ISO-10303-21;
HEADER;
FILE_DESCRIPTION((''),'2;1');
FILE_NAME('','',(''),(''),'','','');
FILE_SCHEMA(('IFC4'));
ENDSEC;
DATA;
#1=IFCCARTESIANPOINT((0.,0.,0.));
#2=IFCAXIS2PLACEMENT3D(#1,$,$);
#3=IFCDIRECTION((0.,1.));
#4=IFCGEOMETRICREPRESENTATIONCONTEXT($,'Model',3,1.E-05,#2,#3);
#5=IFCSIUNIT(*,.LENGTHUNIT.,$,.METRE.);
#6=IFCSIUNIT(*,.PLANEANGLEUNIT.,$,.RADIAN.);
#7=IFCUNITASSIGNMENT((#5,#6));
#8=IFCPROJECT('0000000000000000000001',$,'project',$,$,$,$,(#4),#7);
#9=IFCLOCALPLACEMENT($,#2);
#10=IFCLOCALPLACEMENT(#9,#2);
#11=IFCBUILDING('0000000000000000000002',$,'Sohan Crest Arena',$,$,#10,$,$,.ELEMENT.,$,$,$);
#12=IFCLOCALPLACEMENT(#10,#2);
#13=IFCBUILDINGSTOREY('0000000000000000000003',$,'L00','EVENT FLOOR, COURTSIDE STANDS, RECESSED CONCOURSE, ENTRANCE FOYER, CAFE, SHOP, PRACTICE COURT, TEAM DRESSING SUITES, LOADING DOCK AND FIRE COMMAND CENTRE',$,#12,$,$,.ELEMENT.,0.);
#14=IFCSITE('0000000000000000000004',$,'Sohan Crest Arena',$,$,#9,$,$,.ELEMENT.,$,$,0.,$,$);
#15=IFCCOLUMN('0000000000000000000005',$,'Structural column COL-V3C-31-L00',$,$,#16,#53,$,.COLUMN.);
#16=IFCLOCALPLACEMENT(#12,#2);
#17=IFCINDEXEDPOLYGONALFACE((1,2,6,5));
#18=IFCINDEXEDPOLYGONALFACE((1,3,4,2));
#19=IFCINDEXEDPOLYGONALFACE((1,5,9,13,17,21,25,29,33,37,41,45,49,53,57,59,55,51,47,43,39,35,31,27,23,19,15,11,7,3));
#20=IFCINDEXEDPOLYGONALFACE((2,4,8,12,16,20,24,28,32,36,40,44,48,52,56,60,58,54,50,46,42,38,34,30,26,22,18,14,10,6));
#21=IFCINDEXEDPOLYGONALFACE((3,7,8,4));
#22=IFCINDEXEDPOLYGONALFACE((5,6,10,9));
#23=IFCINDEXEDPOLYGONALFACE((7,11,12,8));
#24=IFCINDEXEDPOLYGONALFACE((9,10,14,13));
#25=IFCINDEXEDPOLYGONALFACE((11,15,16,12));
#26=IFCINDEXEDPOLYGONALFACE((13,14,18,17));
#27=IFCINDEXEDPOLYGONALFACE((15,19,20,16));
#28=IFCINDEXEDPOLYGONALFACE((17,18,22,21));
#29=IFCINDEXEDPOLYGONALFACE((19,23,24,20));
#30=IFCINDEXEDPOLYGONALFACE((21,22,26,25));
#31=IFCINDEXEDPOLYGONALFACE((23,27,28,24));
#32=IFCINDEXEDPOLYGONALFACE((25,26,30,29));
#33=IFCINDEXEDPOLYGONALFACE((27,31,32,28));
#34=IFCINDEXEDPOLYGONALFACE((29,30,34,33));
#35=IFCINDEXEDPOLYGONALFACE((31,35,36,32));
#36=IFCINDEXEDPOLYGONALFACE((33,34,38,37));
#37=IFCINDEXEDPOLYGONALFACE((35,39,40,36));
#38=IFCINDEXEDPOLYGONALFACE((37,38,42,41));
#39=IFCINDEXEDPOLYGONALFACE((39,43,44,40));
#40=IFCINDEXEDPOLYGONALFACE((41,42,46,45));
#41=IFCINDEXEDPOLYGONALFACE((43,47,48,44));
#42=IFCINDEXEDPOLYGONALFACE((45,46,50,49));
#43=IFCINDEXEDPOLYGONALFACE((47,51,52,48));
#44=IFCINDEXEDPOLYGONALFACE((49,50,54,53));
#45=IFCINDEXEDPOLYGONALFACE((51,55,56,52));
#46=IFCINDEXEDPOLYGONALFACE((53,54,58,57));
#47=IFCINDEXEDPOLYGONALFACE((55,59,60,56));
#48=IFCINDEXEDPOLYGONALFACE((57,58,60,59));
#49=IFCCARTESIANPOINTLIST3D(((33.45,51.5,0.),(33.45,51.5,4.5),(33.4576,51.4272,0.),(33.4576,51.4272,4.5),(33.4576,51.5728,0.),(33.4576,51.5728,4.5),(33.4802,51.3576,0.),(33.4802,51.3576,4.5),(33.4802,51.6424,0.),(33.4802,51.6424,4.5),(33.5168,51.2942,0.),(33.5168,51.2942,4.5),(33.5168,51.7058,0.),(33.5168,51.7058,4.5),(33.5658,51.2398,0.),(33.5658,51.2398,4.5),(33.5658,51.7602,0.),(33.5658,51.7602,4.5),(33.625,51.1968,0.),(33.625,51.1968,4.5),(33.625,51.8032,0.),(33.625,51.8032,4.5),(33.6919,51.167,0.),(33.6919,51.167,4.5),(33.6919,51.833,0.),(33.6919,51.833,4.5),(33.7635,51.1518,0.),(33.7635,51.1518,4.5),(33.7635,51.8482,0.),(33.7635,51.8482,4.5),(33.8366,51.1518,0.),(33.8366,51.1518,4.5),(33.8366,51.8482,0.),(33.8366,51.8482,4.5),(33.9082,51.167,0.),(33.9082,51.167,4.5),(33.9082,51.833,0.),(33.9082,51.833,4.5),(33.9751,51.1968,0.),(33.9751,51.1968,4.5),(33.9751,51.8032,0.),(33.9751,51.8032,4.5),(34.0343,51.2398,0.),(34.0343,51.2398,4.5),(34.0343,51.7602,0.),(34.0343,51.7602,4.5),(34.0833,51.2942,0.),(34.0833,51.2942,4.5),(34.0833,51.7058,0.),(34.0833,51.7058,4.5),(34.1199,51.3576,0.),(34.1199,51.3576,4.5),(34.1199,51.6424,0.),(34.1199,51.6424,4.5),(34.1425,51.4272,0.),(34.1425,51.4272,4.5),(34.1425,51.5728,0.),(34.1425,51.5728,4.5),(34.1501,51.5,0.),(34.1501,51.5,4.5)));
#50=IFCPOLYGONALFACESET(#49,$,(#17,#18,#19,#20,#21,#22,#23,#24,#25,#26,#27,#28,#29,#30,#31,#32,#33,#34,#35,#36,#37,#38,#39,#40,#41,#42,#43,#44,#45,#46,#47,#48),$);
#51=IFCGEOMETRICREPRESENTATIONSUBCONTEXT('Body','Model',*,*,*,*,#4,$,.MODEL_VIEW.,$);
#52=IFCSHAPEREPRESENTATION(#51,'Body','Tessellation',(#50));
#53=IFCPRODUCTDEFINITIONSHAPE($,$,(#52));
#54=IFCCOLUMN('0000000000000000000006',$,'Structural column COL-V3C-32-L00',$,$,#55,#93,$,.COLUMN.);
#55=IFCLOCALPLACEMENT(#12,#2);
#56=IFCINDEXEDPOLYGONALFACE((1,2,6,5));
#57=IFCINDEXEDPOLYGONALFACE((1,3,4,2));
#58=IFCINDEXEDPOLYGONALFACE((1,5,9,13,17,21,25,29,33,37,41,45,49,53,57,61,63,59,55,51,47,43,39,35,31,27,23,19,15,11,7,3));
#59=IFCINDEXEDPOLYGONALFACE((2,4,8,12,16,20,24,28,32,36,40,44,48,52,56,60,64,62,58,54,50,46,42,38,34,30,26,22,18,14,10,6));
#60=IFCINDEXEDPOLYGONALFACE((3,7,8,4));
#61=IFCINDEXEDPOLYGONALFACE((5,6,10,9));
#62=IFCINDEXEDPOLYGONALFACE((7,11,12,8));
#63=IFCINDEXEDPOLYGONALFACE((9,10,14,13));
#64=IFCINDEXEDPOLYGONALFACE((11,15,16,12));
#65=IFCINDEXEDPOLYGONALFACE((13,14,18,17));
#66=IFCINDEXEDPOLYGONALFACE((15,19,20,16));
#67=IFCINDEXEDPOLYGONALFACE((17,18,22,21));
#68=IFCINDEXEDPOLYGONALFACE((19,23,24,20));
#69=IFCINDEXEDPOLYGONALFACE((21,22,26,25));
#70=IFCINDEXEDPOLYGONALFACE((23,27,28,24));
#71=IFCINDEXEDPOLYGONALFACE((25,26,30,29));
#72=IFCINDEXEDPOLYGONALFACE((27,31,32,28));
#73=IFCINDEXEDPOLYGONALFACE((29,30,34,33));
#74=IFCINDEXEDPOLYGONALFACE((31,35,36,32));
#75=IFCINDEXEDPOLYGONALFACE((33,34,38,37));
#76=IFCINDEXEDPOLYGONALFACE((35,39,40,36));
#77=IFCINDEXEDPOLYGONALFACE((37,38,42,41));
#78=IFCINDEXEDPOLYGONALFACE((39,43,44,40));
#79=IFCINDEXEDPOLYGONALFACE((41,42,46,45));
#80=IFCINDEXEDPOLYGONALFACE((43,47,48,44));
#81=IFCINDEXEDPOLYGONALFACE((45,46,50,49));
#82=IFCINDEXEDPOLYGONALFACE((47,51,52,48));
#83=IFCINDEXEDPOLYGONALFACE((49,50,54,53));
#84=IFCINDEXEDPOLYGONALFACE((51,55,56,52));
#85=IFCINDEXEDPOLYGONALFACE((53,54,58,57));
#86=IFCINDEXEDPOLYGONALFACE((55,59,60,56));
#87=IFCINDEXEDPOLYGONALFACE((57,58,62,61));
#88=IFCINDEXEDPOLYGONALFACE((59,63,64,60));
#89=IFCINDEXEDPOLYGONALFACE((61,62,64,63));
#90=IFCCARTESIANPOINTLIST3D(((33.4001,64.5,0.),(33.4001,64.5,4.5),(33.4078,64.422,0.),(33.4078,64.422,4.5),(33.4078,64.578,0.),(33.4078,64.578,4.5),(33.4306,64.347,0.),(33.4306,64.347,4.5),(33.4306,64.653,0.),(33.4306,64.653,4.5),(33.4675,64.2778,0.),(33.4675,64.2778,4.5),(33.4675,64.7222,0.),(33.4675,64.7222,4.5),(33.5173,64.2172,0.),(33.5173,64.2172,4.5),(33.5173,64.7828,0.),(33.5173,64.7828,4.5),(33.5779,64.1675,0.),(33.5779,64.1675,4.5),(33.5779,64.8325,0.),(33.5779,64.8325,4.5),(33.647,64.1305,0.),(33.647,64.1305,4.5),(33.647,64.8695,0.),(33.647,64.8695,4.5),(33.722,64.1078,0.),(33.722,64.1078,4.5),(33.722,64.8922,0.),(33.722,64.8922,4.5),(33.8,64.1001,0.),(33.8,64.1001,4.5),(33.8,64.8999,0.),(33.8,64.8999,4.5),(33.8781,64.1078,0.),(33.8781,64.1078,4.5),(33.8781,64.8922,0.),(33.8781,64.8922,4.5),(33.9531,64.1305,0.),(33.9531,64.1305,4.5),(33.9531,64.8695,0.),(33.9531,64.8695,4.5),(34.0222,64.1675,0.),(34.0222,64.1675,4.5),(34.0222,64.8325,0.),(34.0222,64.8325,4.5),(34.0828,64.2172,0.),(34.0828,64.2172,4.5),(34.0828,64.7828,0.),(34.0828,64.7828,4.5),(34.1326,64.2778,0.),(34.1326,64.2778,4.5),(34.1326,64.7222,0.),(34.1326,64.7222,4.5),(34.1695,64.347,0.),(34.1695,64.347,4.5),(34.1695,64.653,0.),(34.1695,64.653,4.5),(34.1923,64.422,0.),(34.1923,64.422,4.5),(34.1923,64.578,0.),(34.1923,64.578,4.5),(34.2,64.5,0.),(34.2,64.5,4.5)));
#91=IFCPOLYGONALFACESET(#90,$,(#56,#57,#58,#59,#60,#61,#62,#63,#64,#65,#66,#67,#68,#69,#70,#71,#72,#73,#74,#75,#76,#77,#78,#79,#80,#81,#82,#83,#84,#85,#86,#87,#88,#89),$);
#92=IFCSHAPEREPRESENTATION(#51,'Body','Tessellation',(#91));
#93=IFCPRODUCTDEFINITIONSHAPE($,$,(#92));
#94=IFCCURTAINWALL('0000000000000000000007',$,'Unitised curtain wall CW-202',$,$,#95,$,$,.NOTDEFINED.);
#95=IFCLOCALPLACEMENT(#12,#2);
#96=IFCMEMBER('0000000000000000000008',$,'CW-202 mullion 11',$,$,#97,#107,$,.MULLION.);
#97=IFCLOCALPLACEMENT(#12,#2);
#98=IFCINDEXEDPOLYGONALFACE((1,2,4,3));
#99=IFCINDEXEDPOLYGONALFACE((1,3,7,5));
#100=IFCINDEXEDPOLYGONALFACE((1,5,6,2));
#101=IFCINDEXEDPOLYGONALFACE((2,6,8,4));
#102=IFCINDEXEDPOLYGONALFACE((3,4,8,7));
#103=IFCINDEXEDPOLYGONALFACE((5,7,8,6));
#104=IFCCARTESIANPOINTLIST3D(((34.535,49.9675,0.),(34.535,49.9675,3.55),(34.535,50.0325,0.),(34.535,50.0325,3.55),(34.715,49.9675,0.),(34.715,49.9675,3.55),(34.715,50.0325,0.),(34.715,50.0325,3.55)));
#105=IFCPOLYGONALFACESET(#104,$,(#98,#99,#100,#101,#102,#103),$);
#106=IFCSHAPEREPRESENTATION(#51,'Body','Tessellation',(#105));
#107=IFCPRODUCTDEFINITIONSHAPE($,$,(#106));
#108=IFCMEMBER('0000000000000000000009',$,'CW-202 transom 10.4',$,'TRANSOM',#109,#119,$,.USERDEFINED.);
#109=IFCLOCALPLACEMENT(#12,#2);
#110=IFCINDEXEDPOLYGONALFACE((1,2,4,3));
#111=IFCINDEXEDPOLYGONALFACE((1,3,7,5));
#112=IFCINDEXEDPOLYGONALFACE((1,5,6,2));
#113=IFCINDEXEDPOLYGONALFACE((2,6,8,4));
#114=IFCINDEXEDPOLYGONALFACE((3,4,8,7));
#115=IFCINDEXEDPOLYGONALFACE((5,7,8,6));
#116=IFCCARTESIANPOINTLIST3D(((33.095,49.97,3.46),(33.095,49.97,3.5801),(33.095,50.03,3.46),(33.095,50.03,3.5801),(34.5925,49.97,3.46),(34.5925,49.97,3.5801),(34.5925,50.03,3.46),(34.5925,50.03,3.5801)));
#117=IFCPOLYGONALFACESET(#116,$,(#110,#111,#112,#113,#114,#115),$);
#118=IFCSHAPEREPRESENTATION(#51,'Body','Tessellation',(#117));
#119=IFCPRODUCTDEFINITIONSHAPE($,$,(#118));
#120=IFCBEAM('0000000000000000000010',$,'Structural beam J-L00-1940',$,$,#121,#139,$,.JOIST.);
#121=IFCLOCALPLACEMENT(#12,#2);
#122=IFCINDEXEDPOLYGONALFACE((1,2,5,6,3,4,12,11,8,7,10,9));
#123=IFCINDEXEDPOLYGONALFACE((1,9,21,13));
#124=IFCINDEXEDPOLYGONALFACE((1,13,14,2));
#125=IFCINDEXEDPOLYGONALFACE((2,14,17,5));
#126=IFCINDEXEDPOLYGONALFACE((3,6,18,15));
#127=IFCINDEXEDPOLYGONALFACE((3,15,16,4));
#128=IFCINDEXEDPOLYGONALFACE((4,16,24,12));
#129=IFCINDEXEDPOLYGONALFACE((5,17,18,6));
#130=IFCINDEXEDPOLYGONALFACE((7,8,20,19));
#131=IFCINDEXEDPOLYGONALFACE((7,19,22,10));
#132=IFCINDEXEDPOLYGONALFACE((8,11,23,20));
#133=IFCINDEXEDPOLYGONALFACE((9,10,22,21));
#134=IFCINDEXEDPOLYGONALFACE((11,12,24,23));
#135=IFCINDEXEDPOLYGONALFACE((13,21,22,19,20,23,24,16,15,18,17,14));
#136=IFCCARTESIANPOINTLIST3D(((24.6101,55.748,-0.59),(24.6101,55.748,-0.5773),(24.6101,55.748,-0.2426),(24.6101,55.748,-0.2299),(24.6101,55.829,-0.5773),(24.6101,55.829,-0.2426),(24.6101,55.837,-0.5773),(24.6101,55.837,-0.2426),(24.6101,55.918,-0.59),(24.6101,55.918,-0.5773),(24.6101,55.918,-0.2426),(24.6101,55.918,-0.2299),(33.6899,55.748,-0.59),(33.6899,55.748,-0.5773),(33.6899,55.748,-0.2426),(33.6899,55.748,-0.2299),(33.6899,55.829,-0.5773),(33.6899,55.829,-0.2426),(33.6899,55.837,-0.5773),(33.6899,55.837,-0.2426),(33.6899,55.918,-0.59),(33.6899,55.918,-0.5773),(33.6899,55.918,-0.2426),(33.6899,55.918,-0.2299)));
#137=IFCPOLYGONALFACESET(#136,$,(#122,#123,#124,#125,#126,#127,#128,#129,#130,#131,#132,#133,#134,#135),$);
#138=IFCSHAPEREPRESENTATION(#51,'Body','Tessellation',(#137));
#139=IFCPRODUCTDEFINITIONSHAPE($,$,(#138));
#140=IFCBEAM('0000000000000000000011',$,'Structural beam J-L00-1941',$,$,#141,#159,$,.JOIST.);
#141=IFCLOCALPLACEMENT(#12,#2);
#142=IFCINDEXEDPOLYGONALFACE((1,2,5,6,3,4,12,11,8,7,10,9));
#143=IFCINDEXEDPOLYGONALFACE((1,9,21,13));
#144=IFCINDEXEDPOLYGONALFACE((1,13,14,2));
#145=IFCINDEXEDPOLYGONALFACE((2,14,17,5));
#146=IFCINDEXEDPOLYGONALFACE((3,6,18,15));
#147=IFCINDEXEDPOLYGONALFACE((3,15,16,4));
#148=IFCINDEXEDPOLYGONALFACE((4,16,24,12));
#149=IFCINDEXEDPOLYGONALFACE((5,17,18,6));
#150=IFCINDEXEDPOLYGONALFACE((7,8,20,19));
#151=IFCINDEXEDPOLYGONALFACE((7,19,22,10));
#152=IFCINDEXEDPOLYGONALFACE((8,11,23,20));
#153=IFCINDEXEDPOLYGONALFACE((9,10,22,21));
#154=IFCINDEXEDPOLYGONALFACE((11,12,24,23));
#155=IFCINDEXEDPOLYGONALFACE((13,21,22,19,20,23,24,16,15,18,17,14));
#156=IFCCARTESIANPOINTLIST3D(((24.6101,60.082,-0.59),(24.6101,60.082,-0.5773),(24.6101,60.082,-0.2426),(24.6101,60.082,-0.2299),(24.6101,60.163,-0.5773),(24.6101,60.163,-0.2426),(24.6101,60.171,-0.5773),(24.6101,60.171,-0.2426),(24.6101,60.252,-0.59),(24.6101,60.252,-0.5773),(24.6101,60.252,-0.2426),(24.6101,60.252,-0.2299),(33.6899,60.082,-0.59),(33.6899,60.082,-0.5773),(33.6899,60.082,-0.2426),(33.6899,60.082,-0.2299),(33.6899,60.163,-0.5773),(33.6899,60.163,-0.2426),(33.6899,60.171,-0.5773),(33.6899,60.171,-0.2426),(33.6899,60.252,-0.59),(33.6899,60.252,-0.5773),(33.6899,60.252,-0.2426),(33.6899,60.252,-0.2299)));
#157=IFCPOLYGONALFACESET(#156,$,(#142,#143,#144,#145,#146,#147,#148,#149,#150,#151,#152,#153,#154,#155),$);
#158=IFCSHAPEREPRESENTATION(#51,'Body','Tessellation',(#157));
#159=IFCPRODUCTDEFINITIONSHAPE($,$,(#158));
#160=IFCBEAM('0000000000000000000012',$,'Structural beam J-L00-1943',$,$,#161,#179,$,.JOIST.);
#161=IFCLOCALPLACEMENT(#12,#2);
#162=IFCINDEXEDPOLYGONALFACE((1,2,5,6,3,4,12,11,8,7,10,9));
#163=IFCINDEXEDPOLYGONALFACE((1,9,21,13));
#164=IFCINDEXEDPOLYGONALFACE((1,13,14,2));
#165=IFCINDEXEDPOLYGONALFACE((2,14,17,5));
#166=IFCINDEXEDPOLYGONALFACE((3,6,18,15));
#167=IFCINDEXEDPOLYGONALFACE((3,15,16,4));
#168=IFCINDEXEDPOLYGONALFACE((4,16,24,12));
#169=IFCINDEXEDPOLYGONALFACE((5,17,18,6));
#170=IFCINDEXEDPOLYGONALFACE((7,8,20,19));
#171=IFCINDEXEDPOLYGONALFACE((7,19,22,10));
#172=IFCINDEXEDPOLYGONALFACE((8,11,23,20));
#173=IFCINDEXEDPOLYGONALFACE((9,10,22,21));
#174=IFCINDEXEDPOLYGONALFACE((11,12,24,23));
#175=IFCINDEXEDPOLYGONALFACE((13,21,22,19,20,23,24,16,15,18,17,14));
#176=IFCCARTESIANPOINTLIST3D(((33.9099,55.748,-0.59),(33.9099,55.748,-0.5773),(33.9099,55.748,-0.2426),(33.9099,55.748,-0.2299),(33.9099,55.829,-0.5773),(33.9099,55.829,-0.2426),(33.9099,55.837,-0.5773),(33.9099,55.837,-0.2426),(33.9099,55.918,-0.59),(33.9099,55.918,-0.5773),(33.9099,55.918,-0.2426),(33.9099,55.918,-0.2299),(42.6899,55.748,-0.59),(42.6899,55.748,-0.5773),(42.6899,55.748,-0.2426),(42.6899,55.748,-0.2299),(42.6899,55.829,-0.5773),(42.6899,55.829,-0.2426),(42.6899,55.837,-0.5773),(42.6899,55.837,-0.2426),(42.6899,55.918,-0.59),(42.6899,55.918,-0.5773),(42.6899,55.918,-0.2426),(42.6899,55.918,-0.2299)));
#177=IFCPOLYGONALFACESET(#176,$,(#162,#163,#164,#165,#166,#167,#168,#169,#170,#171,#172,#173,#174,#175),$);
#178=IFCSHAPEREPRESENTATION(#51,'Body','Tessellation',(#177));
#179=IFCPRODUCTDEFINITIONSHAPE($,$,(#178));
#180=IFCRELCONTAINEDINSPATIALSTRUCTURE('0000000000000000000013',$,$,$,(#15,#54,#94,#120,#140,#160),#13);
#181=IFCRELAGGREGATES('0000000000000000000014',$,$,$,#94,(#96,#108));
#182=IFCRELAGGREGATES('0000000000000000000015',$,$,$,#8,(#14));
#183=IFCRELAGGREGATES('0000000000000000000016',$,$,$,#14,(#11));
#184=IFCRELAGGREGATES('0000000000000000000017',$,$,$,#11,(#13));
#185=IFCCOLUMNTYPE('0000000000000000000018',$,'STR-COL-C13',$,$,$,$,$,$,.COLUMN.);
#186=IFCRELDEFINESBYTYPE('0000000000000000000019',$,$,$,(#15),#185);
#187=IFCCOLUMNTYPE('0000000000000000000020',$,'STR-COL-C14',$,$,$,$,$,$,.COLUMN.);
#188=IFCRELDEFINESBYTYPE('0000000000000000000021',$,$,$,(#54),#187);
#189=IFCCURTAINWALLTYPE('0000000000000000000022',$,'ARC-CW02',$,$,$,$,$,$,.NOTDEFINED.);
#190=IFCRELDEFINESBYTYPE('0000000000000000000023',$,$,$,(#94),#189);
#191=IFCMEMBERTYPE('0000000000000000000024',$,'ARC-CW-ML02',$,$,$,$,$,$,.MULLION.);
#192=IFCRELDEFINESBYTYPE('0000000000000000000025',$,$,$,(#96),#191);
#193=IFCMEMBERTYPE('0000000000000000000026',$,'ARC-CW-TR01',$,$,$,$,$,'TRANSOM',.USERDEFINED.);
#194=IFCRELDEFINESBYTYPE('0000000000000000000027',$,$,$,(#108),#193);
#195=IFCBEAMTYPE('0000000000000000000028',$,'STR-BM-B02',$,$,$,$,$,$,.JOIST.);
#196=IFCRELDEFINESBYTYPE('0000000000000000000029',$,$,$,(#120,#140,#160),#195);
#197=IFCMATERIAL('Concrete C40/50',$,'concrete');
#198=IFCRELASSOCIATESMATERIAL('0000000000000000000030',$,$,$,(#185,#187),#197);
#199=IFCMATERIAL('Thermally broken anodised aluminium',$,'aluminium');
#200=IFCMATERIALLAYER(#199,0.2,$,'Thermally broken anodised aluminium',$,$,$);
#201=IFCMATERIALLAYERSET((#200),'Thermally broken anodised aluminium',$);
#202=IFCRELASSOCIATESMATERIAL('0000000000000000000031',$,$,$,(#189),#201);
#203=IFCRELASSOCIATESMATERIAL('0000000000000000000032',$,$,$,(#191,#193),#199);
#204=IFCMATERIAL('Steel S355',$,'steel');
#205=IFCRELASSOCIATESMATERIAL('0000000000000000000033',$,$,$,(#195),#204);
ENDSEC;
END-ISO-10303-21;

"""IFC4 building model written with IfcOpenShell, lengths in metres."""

from ifc_helpers import new_model, si_unit, direction, frame, origin, origin_2d, place, context, subcontext, project, spatial, rectangle, circle, i_section, extrude, material, layer, layer_set, material_profile, profile_set, type_object, element, aggregate, save


model = new_model("IFC4")

# Units and contexts
model_context = context("Model", 3, precision=1e-05, world=origin(), true_north=direction((0.0, 1.0)))
body_context = subcontext(model_context, "Body", "Model", "MODEL_VIEW")
ifc_project = project(units=[si_unit("LENGTHUNIT", "METRE"), si_unit("PLANEANGLEUNIT", "RADIAN")], contexts=[model_context])

# Site, building, storey
site_placement = place(None, origin())
site = spatial("IfcSite", under=ifc_project, at=site_placement, Name="Sohan Crest Arena", CompositionType="ELEMENT", RefElevation=0.0)
building_placement = place(site_placement, origin())
building = spatial("IfcBuilding", under=site, at=building_placement, Name="Sohan Crest Arena", CompositionType="ELEMENT")
storey_placement = place(building_placement, origin())
storey = spatial("IfcBuildingStorey", under=building, at=storey_placement, Name="L00", Description="EVENT FLOOR, COURTSIDE STANDS, RECESSED CONCOURSE, ENTRANCE FOYER, CAFE, SHOP, PRACTICE COURT, TEAM DRESSING SUITES, LOADING DOCK AND FIRE COMMAND CENTRE", CompositionType="ELEMENT", Elevation=0.0)

# Columns
ifc_material_1 = material(Name="Concrete C40/50", Category="concrete")
ifc_material_profile_1 = material_profile(ifc_material_1, circle(Radius=0.3501, at=origin_2d()), Name="RC D700")
ifc_profile_set_1 = profile_set([ifc_material_profile_1], Name="Concrete C40/50")
column_type_1 = type_object("IfcColumnType", Name="STR-COL-C13", PredefinedType="COLUMN", material=ifc_profile_set_1)
column_1_placement = place(storey_placement, frame((33.8, 51.5, 0.0), z_axis=(0.0, 0.0, 1.0), x_axis=(1.0, 0.0, 0.0)))
element("IfcColumn", 1, at=column_1_placement, inside=storey, type_object=column_type_1, Name="Structural column COL-V3C-31-L00", PredefinedType="COLUMN", context=body_context, shape_type="SweptSolid", body=[
    extrude(circle(Radius=0.3501, at=origin_2d()), origin(), (0.0, 0.0, 1.0), 4.5),
])
ifc_material_profile_2 = material_profile(ifc_material_1, circle(Radius=0.3999, at=origin_2d()), Name="RC D800")
ifc_profile_set_2 = profile_set([ifc_material_profile_2], Name="Concrete C40/50")
column_type_2 = type_object("IfcColumnType", Name="STR-COL-C14", PredefinedType="COLUMN", material=ifc_profile_set_2)
column_2_placement = place(storey_placement, frame((33.8, 64.5, 0.0), z_axis=(0.0, 0.0, 1.0), x_axis=(1.0, 0.0, 0.0)))
element("IfcColumn", 2, at=column_2_placement, inside=storey, type_object=column_type_2, Name="Structural column COL-V3C-32-L00", PredefinedType="COLUMN", context=body_context, shape_type="SweptSolid", body=[
    extrude(circle(Radius=0.3999, at=origin_2d()), origin(), (0.0, 0.0, 1.0), 4.5),
])

# Curtain wall, members
ifc_material_2 = material(Name="Thermally broken anodised aluminium", Category="aluminium")
ifc_layer_1 = layer(ifc_material_2, 0.2, Name="Thermally broken anodised aluminium")
ifc_layer_set_1 = layer_set([ifc_layer_1], Name="Thermally broken anodised aluminium")
curtain_wall_type = type_object("IfcCurtainWallType", Name="ARC-CW02", PredefinedType="NOTDEFINED", material=ifc_layer_set_1)
curtain_wall_placement = place(storey_placement, origin())
curtain_wall = element("IfcCurtainWall", 3, at=curtain_wall_placement, inside=storey, type_object=curtain_wall_type, Name="Unitised curtain wall CW-202", PredefinedType="NOTDEFINED")
ifc_material_profile_3 = material_profile(ifc_material_2, rectangle(XDim=0.0649, YDim=0.1799, at=origin_2d()), Name="ALU-MULL 65x180")
ifc_profile_set_3 = profile_set([ifc_material_profile_3], Name="Thermally broken anodised aluminium")
member_type_1 = type_object("IfcMemberType", Name="ARC-CW-ML02", PredefinedType="MULLION", material=ifc_profile_set_3)
member_1_placement = place(storey_placement, frame((34.625, 50.0, 0.0), z_axis=(0.0, 0.0, 1.0), x_axis=(0.0, 1.0, 0.0)))
member_1 = element("IfcMember", 4, at=member_1_placement, type_object=member_type_1, Name="CW-202 mullion 11", PredefinedType="MULLION", context=body_context, shape_type="SweptSolid", body=[
    extrude(rectangle(XDim=0.0649, YDim=0.1799, at=origin_2d()), origin(), (0.0, 0.0, 1.0), 3.55),
])
ifc_material_profile_4 = material_profile(ifc_material_2, rectangle(XDim=0.0601, YDim=0.1201, at=origin_2d()), Name="ALU-TRAN 60x120")
ifc_profile_set_4 = profile_set([ifc_material_profile_4], Name="Thermally broken anodised aluminium")
member_type_2 = type_object("IfcMemberType", Name="ARC-CW-TR01", ElementType="TRANSOM", PredefinedType="USERDEFINED", material=ifc_profile_set_4)
member_2_placement = place(storey_placement, frame((33.095, 50.0, 3.52), z_axis=(1.0, 0.0, 0.0), x_axis=(0.0, 1.0, 0.0)))
member_2 = element("IfcMember", 5, at=member_2_placement, type_object=member_type_2, Name="CW-202 transom 10.4", ObjectType="TRANSOM", PredefinedType="USERDEFINED", context=body_context, shape_type="SweptSolid", body=[
    extrude(rectangle(XDim=0.0601, YDim=0.1201, at=origin_2d()), origin(), (0.0, 0.0, 1.0), 1.4976),
])

# Beams
ifc_material_3 = material(Name="Steel S355", Category="steel")
ifc_material_profile_5 = material_profile(ifc_material_3, i_section(OverallWidth=0.1699, OverallDepth=0.3601, WebThickness=0.0081, FlangeThickness=0.0127, at=origin_2d()), Name="IPE 360")
ifc_profile_set_5 = profile_set([ifc_material_profile_5], Name="Steel S355")
beam_type_1 = type_object("IfcBeamType", Name="STR-BM-B02", PredefinedType="JOIST", material=ifc_profile_set_5)
for number, where, z_axis, x_axis, name in (
    (6, (24.6101, 55.833, -0.4099), (1.0, 0.0, 0.0), (0.0, 1.0, 0.0), "Structural beam J-L00-1940"),
    (7, (24.6101, 60.167, -0.4099), (1.0, 0.0, 0.0), (0.0, 1.0, 0.0), "Structural beam J-L00-1941"),
):
    element("IfcBeam", number, at=place(storey_placement, frame(where, z_axis=z_axis, x_axis=x_axis)), inside=storey, type_object=beam_type_1, Name=name, PredefinedType="JOIST", context=body_context, shape_type="SweptSolid", body=[
        extrude(i_section(OverallWidth=0.1699, OverallDepth=0.3601, WebThickness=0.0081, FlangeThickness=0.0127, at=origin_2d()), origin(), (0.0, 0.0, 1.0), 9.0798),
    ])
for number, where, z_axis, x_axis, name in (
    (8, (33.9099, 55.833, -0.4099), (1.0, 0.0, 0.0), (0.0, 1.0, 0.0), "Structural beam J-L00-1943"),
):
    element("IfcBeam", number, at=place(storey_placement, frame(where, z_axis=z_axis, x_axis=x_axis)), inside=storey, type_object=beam_type_1, Name=name, PredefinedType="JOIST", context=body_context, shape_type="SweptSolid", body=[
        extrude(i_section(OverallWidth=0.1699, OverallDepth=0.3601, WebThickness=0.0081, FlangeThickness=0.0127, at=origin_2d()), origin(), (0.0, 0.0, 1.0), 8.78),
    ])

aggregate(curtain_wall, [member_1, member_2])

save(model, "model.ifc")
